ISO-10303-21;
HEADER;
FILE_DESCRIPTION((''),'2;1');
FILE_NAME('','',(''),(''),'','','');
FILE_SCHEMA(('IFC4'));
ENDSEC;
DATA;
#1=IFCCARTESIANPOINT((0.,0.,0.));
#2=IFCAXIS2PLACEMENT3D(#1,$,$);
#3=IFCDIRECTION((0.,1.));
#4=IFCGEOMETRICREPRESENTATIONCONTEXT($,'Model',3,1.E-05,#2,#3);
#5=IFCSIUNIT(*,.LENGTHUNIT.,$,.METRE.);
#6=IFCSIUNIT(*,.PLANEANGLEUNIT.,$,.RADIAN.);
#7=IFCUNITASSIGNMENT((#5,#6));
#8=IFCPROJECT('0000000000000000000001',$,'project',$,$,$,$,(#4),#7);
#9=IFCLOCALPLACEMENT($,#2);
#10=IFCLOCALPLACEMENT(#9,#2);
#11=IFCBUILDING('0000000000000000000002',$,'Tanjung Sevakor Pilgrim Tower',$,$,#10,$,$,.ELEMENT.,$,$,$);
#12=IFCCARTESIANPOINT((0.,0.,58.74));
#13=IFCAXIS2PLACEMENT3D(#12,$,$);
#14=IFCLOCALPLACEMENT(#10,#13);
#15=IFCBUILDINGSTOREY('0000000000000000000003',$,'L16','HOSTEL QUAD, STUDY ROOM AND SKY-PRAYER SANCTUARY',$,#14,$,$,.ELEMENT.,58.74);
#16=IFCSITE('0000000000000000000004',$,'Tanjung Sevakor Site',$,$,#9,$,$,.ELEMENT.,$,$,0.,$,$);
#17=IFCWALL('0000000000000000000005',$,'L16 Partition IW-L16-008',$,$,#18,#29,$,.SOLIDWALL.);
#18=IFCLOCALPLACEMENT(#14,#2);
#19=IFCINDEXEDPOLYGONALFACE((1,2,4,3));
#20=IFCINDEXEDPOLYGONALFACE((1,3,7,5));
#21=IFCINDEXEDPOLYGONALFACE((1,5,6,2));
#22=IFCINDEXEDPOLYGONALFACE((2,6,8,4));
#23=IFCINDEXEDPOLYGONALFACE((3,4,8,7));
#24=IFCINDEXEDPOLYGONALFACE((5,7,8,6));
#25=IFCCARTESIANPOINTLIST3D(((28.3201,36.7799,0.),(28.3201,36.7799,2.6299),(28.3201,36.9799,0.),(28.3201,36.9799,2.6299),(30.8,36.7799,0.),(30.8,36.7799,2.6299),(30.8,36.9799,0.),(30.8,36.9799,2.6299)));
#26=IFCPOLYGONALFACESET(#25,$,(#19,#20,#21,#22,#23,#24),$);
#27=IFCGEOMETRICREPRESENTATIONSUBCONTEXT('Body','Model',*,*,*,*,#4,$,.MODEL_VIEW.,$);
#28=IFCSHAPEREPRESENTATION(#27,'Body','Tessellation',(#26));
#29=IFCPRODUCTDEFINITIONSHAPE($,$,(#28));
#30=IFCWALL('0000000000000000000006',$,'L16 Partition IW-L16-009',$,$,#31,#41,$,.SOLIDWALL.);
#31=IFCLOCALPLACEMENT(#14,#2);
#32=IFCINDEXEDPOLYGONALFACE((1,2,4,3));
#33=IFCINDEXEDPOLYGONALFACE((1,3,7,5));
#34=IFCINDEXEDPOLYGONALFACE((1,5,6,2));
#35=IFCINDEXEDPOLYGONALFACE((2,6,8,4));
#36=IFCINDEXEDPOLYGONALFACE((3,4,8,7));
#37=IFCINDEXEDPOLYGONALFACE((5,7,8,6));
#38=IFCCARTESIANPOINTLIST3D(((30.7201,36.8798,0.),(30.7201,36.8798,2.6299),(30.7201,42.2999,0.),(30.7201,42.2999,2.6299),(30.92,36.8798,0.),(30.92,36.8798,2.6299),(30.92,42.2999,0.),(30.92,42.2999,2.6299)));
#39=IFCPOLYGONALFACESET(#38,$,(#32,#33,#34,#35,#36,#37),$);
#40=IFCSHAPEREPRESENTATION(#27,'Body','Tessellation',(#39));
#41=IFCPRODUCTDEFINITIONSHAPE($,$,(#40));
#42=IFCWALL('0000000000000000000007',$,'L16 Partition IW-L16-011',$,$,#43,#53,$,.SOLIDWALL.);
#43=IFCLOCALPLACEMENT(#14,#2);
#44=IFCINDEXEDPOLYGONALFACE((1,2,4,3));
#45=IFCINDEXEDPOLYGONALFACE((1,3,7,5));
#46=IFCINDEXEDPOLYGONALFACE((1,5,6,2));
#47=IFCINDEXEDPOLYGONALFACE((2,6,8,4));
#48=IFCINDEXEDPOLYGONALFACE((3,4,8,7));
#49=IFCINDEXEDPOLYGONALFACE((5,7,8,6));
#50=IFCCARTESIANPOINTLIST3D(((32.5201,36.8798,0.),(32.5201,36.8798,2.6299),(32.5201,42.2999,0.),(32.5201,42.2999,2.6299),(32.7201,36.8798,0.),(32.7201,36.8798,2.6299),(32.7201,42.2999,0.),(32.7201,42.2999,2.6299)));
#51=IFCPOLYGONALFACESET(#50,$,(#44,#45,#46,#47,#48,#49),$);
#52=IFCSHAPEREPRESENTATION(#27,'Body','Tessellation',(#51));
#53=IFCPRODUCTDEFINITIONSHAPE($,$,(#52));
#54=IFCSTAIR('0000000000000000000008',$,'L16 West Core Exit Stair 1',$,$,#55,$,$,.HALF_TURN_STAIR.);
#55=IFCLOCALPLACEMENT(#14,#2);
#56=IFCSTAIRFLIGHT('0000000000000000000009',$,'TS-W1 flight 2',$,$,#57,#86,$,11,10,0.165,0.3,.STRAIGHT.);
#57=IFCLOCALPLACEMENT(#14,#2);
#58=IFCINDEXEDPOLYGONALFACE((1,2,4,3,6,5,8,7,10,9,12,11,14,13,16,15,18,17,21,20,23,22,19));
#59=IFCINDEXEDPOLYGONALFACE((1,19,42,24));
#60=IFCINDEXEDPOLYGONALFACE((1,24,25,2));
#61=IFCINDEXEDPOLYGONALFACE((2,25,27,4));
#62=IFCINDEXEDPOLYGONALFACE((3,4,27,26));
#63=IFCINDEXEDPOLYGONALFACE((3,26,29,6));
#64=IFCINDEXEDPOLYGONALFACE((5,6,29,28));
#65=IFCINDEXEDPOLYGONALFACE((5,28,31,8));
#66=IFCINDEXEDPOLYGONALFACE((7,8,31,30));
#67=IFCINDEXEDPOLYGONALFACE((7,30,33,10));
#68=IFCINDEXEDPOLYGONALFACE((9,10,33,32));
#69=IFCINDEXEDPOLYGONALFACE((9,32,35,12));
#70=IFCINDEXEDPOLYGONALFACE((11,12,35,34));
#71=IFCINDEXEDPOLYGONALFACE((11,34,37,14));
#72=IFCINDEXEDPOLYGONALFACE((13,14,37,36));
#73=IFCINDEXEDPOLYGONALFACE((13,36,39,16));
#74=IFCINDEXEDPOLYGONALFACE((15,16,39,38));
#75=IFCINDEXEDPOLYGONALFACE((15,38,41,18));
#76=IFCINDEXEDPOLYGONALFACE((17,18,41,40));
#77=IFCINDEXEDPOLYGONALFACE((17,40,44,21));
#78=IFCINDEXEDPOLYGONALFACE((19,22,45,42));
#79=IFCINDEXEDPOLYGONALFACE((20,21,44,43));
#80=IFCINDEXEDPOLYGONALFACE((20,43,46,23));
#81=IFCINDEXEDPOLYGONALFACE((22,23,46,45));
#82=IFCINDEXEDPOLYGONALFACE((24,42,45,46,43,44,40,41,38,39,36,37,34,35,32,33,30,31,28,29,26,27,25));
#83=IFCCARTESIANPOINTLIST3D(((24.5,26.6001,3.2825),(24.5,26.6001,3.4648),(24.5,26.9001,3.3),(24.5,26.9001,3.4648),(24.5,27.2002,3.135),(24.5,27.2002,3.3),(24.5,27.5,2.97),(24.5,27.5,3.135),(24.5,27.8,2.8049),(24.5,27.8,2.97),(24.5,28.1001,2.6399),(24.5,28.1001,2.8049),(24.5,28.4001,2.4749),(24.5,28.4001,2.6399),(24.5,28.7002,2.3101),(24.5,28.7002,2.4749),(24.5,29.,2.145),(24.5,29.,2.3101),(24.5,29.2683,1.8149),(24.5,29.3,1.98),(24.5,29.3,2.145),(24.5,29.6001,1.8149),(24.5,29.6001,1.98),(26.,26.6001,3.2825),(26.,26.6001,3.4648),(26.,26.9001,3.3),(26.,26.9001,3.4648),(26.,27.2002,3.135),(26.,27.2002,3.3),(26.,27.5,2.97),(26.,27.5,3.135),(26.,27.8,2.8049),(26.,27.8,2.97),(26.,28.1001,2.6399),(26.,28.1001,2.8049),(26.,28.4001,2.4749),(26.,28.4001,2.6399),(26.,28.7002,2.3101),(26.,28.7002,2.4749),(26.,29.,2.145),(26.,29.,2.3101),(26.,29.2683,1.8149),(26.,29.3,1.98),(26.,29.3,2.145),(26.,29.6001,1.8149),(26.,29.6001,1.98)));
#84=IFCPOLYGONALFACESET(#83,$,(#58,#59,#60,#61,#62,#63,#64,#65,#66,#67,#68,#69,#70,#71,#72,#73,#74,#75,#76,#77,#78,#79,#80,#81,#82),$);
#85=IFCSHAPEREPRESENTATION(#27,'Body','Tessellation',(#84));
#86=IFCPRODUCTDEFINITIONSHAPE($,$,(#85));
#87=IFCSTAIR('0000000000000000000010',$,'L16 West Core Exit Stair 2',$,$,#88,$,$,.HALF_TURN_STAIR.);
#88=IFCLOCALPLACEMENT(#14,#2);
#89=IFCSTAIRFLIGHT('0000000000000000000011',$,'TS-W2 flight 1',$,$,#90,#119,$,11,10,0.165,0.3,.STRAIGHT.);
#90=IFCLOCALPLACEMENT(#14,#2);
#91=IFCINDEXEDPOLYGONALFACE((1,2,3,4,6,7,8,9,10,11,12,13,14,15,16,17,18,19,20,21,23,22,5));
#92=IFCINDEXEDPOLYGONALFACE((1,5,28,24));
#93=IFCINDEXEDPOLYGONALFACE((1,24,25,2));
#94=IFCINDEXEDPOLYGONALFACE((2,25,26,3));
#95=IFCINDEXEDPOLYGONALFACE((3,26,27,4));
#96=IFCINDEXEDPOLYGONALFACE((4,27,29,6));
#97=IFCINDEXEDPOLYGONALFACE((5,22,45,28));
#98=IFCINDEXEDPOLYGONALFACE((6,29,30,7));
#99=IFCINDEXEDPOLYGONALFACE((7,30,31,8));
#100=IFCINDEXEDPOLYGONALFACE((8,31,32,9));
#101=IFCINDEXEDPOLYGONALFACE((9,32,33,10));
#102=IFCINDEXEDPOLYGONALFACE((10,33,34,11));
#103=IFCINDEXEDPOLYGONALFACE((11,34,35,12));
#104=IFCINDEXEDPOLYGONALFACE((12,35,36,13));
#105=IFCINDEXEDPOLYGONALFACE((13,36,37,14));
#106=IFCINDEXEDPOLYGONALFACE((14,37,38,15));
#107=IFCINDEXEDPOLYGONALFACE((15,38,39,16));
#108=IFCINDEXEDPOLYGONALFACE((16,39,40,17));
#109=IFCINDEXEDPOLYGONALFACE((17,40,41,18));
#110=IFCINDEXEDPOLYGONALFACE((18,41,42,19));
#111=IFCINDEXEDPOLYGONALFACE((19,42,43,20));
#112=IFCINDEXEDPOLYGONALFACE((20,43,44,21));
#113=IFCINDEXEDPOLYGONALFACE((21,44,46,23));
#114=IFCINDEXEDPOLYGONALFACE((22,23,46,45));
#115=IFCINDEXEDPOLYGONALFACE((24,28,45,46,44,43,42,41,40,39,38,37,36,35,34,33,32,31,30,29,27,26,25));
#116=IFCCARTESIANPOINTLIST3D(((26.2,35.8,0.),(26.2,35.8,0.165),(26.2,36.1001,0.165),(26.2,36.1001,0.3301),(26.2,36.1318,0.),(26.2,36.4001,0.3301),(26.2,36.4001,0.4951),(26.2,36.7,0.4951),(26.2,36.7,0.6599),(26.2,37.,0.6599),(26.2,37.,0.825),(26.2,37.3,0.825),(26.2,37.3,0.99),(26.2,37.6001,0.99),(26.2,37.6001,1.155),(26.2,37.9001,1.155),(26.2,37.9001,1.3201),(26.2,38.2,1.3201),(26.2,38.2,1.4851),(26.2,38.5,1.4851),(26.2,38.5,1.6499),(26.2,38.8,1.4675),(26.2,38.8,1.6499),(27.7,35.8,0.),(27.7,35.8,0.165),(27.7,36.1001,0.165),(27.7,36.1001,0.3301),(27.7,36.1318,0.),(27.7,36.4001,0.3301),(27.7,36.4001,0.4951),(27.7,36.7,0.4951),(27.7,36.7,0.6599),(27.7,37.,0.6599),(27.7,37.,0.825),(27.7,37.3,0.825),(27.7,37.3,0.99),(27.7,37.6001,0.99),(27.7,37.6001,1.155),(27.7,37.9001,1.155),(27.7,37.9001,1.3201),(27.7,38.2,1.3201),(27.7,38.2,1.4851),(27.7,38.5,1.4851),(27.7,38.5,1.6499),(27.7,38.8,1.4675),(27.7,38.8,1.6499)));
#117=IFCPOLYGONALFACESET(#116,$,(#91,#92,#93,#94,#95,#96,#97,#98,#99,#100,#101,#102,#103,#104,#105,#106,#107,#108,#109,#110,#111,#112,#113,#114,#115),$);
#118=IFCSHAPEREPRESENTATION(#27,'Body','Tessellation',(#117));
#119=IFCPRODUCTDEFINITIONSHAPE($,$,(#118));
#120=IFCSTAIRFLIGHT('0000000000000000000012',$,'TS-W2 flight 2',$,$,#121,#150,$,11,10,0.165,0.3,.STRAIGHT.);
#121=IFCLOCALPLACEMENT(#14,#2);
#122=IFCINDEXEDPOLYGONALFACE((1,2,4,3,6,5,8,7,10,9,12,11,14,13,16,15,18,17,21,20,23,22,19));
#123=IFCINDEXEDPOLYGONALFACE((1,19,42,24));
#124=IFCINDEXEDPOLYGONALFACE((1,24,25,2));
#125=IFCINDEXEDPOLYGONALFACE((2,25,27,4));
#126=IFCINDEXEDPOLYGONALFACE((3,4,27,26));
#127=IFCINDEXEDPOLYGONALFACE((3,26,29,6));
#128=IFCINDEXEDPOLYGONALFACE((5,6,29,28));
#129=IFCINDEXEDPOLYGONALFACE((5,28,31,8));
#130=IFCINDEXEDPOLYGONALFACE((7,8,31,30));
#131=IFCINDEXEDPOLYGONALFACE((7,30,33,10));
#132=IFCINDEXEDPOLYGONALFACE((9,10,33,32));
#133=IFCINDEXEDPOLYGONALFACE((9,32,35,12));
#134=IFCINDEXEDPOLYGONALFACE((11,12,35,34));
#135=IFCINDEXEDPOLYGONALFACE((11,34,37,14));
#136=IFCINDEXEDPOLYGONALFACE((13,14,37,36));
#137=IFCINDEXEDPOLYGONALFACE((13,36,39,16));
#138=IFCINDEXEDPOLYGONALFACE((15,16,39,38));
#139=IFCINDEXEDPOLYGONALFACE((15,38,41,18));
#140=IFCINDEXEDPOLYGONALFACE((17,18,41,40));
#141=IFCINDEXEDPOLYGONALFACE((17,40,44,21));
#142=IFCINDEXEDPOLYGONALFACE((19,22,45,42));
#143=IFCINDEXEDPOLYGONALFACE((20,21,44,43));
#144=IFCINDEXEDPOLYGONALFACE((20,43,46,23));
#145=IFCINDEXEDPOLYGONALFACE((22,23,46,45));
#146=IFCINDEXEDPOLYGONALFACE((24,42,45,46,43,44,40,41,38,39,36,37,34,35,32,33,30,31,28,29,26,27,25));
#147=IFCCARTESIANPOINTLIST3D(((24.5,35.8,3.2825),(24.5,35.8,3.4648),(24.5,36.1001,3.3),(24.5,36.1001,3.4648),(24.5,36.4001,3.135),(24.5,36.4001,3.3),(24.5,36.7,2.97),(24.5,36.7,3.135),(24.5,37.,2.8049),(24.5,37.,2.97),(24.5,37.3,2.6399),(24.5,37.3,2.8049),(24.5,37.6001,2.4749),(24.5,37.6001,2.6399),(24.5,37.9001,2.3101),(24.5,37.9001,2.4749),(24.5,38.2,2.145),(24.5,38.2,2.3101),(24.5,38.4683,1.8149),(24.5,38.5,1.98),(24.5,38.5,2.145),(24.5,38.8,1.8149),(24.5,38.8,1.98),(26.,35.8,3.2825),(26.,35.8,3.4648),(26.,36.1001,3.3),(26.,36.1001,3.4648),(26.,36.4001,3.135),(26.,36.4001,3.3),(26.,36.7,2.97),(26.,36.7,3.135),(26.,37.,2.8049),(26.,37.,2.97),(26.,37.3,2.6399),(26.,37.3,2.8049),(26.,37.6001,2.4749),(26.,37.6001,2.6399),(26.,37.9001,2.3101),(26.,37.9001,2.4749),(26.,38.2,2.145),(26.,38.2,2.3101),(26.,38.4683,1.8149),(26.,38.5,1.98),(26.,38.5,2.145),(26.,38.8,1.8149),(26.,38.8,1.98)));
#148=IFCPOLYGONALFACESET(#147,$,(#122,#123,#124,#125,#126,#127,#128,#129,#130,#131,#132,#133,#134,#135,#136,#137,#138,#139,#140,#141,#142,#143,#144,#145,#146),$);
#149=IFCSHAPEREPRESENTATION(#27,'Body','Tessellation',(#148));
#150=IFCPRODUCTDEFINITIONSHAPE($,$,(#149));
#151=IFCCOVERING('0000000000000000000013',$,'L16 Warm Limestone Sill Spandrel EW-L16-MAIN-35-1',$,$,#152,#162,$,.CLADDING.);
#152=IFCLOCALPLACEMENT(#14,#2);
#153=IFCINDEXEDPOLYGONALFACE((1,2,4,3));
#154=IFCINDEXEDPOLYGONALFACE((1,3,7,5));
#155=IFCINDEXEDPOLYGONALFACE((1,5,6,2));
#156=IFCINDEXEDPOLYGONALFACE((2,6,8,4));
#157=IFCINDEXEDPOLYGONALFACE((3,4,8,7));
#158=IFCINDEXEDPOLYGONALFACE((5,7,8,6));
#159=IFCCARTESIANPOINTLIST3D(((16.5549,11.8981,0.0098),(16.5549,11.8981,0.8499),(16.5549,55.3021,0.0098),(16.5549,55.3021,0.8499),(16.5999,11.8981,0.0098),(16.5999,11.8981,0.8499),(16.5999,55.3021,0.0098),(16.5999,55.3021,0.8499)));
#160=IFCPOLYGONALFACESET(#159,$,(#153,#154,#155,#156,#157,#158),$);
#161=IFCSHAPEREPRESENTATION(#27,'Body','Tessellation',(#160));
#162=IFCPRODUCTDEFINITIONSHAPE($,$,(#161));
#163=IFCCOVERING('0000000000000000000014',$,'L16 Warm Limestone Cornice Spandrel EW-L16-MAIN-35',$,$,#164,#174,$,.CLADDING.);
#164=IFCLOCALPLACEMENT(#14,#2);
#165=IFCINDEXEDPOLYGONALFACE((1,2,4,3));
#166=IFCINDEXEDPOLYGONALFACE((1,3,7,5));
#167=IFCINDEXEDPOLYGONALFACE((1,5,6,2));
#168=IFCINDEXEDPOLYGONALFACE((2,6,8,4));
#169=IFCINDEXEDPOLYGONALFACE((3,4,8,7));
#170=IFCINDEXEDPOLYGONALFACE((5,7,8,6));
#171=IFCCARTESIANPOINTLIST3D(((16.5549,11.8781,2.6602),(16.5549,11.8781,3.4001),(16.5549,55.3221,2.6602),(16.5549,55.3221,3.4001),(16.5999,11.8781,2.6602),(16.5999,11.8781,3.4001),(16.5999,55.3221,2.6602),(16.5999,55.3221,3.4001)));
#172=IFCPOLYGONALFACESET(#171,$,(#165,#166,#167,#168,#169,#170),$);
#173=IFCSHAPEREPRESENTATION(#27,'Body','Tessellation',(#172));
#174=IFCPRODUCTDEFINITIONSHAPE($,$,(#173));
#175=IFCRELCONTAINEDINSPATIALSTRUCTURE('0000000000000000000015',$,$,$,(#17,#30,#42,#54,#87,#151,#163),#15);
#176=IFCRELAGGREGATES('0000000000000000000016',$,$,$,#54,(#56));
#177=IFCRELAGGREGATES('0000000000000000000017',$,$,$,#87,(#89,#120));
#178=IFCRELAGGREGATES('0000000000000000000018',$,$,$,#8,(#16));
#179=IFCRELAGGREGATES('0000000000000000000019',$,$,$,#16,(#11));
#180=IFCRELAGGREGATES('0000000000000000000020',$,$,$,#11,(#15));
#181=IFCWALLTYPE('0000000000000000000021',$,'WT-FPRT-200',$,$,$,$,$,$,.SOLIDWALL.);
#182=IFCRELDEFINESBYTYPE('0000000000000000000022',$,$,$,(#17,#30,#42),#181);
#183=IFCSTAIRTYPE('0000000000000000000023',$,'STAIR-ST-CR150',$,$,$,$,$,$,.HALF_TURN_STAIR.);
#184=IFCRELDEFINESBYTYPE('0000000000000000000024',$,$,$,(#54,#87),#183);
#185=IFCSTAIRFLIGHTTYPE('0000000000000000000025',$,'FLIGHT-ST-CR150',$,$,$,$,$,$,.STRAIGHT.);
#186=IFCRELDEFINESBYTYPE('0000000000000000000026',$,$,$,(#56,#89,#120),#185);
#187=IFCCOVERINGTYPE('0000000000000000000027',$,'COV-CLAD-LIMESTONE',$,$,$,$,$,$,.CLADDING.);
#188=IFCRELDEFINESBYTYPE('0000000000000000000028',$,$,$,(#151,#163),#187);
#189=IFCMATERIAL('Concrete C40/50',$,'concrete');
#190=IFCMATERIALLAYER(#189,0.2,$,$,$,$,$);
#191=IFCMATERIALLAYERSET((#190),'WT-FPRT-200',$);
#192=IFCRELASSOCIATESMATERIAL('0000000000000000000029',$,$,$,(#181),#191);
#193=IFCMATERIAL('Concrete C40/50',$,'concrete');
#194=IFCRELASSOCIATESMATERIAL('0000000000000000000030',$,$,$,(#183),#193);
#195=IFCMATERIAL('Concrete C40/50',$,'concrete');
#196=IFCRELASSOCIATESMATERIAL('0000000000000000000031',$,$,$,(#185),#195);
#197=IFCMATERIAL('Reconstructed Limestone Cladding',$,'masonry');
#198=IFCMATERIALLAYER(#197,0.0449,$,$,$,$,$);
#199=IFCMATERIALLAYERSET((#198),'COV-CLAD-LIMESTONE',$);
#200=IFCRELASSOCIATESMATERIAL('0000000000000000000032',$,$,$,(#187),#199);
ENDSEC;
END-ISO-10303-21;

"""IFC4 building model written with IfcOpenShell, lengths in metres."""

from ifc_helpers import new_model, si_unit, direction, frame, frame_2d, origin, origin_2d, place, context, subcontext, project, spatial, polyline, rectangle, outline, extrude, material, layer, layer_set, type_object, element, aggregate, save


model = new_model("IFC4")

# Units and contexts
model_context = context("Model", 3, precision=1e-05, world=origin(), true_north=direction((0.0, 1.0)))
body_context = subcontext(model_context, "Body", "Model", "MODEL_VIEW")
ifc_project = project(units=[si_unit("LENGTHUNIT", "METRE"), si_unit("PLANEANGLEUNIT", "RADIAN")], contexts=[model_context])

# Site, building, storey
site_placement = place(None, origin())
site = spatial("IfcSite", under=ifc_project, at=site_placement, Name="Tanjung Sevakor Site", CompositionType="ELEMENT", RefElevation=0.0)
building_placement = place(site_placement, origin())
building = spatial("IfcBuilding", under=site, at=building_placement, Name="Tanjung Sevakor Pilgrim Tower", CompositionType="ELEMENT")
storey_placement = place(building_placement, frame((0.0, 0.0, 58.74)))
storey = spatial("IfcBuildingStorey", under=building, at=storey_placement, Name="L16", Description="HOSTEL QUAD, STUDY ROOM AND SKY-PRAYER SANCTUARY", CompositionType="ELEMENT", Elevation=58.74)

# Walls
ifc_material_1 = material(Name="Concrete C40/50", Category="concrete")
ifc_layer_1 = layer(ifc_material_1, 0.2)
ifc_layer_set_1 = layer_set([ifc_layer_1], Name="WT-FPRT-200")
wall_type_1 = type_object("IfcWallType", Name="WT-FPRT-200", PredefinedType="SOLIDWALL", material=ifc_layer_set_1)
for number, where, z_axis, x_axis, name in (
    (1, (28.3201, 36.8799, 0.0), (0.0, 0.0, 1.0), (1.0, 0.0, 0.0), "L16 Partition IW-L16-008"),
):
    element("IfcWall", number, at=place(storey_placement, frame(where, z_axis=z_axis, x_axis=x_axis)), inside=storey, type_object=wall_type_1, Name=name, PredefinedType="SOLIDWALL", context=body_context, shape_type="SweptSolid", body=[
        extrude(rectangle(XDim=2.48, YDim=0.2, at=frame_2d((1.24, 0.0))), origin(), (0.0, 0.0, 1.0), 2.6299),
    ])
for number, where, z_axis, x_axis, name in (
    (2, (30.8201, 36.8799, 0.0), (0.0, 0.0, 1.0), (0.0, 1.0, 0.0), "L16 Partition IW-L16-009"),
    (3, (32.6201, 36.8799, 0.0), (0.0, 0.0, 1.0), (0.0, 1.0, 0.0), "L16 Partition IW-L16-011"),
):
    element("IfcWall", number, at=place(storey_placement, frame(where, z_axis=z_axis, x_axis=x_axis)), inside=storey, type_object=wall_type_1, Name=name, PredefinedType="SOLIDWALL", context=body_context, shape_type="SweptSolid", body=[
        extrude(rectangle(XDim=5.4202, YDim=0.2, at=frame_2d((2.71, 0.0))), origin(), (0.0, 0.0, 1.0), 2.6299),
    ])

# Stair, stair flight
ifc_material_2 = material(Name="Concrete C40/50", Category="concrete")
stair_type = type_object("IfcStairType", Name="STAIR-ST-CR150", PredefinedType="HALF_TURN_STAIR", material=ifc_material_2)
stair_1_placement = place(storey_placement, origin())
stair_1 = element("IfcStair", 4, at=stair_1_placement, inside=storey, type_object=stair_type, Name="L16 West Core Exit Stair 1", PredefinedType="HALF_TURN_STAIR")
ifc_material_3 = material(Name="Concrete C40/50", Category="concrete")
stair_flight_type = type_object("IfcStairFlightType", Name="FLIGHT-ST-CR150", PredefinedType="STRAIGHT", material=ifc_material_3)
stair_flight_1_placement = place(storey_placement, frame((25.25, 29.6001, 1.8149), z_axis=(0.0, 0.0, 1.0), x_axis=(0.0, -1.0, 0.0)))
stair_flight_1 = element("IfcStairFlight", 5, at=stair_flight_1_placement, type_object=stair_flight_type, Name="TS-W1 flight 2", NumberOfRisers=11, NumberOfTreads=10, PredefinedType="STRAIGHT", RiserHeight=0.165, TreadLength=0.3, context=body_context, shape_type="SweptSolid", body=[
    extrude(outline(polyline([(0.0, 0.0), (0.0, 0.165), (0.3, 0.165), (0.3, 0.3301), (0.6001, 0.3301), (0.6001, 0.4951), (0.8999, 0.4951), (0.8999, 0.6599), (1.2, 0.6599), (1.2, 0.825), (1.5, 0.825), (1.5, 0.99), (1.8, 0.99), (1.8, 1.155), (2.1001, 1.155), (2.1001, 1.3201), (2.3999, 1.3201), (2.3999, 1.4851), (2.7, 1.4851), (2.7, 1.6499), (3.0, 1.6499), (3.0, 1.8149), (3.0, 1.4675), (0.3318, 0.0), (0.0, 0.0)])), frame((0.0, 0.75, 0.0), z_axis=(0.0, -1.0, 0.0), x_axis=(1.0, 0.0, 0.0)), (0.0, 0.0, 1.0), 1.5),
])
aggregate(stair_1, [stair_flight_1])

# Stair, stair flights
stair_2_placement = place(storey_placement, origin())
stair_2 = element("IfcStair", 6, at=stair_2_placement, inside=storey, type_object=stair_type, Name="L16 West Core Exit Stair 2", PredefinedType="HALF_TURN_STAIR")
stair_flight_2_placement = place(storey_placement, frame((26.95, 35.8, 0.0), z_axis=(0.0, 0.0, 1.0), x_axis=(0.0, 1.0, 0.0)))
stair_flight_2 = element("IfcStairFlight", 7, at=stair_flight_2_placement, type_object=stair_flight_type, Name="TS-W2 flight 1", NumberOfRisers=11, NumberOfTreads=10, PredefinedType="STRAIGHT", RiserHeight=0.165, TreadLength=0.3, context=body_context, shape_type="SweptSolid", body=[
    extrude(outline(polyline([(0.0, 0.0), (0.0, 0.165), (0.3, 0.165), (0.3, 0.3301), (0.6001, 0.3301), (0.6001, 0.4951), (0.8999, 0.4951), (0.8999, 0.6599), (1.2, 0.6599), (1.2, 0.825), (1.5, 0.825), (1.5, 0.99), (1.8, 0.99), (1.8, 1.155), (2.1001, 1.155), (2.1001, 1.3201), (2.3999, 1.3201), (2.3999, 1.4851), (2.7, 1.4851), (2.7, 1.6499), (3.0, 1.6499), (3.0, 1.8149), (3.0, 1.4675), (0.3318, 0.0), (0.0, 0.0)])), frame((0.0, 0.75, 0.0), z_axis=(0.0, -1.0, 0.0), x_axis=(1.0, 0.0, 0.0)), (0.0, 0.0, 1.0), 1.5),
])
stair_flight_3_placement = place(storey_placement, frame((25.25, 38.8, 1.8149), z_axis=(0.0, 0.0, 1.0), x_axis=(0.0, -1.0, 0.0)))
stair_flight_3 = element("IfcStairFlight", 8, at=stair_flight_3_placement, type_object=stair_flight_type, Name="TS-W2 flight 2", NumberOfRisers=11, NumberOfTreads=10, PredefinedType="STRAIGHT", RiserHeight=0.165, TreadLength=0.3, context=body_context, shape_type="SweptSolid", body=[
    extrude(outline(polyline([(0.0, 0.0), (0.0, 0.165), (0.3, 0.165), (0.3, 0.3301), (0.6001, 0.3301), (0.6001, 0.4951), (0.8999, 0.4951), (0.8999, 0.6599), (1.2, 0.6599), (1.2, 0.825), (1.5, 0.825), (1.5, 0.99), (1.8, 0.99), (1.8, 1.155), (2.1001, 1.155), (2.1001, 1.3201), (2.3999, 1.3201), (2.3999, 1.4851), (2.7, 1.4851), (2.7, 1.6499), (3.0, 1.6499), (3.0, 1.8149), (3.0, 1.4675), (0.3318, 0.0), (0.0, 0.0)])), frame((0.0, 0.75, 0.0), z_axis=(0.0, -1.0, 0.0), x_axis=(1.0, 0.0, 0.0)), (0.0, 0.0, 1.0), 1.5),
])
aggregate(stair_2, [stair_flight_2, stair_flight_3])

# Coverings
ifc_material_4 = material(Name="Reconstructed Limestone Cladding", Category="masonry")
ifc_layer_2 = layer(ifc_material_4, 0.0449)
ifc_layer_set_2 = layer_set([ifc_layer_2], Name="COV-CLAD-LIMESTONE")
covering_type = type_object("IfcCoveringType", Name="COV-CLAD-LIMESTONE", PredefinedType="CLADDING", material=ifc_layer_set_2)
covering_1_placement = place(storey_placement, frame((16.5774, 33.6001, 0.0098), z_axis=(0.0, 0.0, 1.0), x_axis=(0.0, -1.0, 0.0)))
element("IfcCovering", 9, at=covering_1_placement, inside=storey, type_object=covering_type, Name="L16 Warm Limestone Sill Spandrel EW-L16-MAIN-35-1", PredefinedType="CLADDING", context=body_context, shape_type="SweptSolid", body=[
    extrude(rectangle(XDim=43.4041, YDim=0.0449, at=origin_2d()), origin(), (0.0, 0.0, 1.0), 0.8401),
])
covering_2_placement = place(storey_placement, frame((16.5774, 33.6001, 2.6602), z_axis=(0.0, 0.0, 1.0), x_axis=(0.0, -1.0, 0.0)))
element("IfcCovering", 10, at=covering_2_placement, inside=storey, type_object=covering_type, Name="L16 Warm Limestone Cornice Spandrel EW-L16-MAIN-35", PredefinedType="CLADDING", context=body_context, shape_type="SweptSolid", body=[
    extrude(rectangle(XDim=43.4441, YDim=0.0449, at=origin_2d()), origin(), (0.0, 0.0, 1.0), 0.74),
])

save(model, "model.ifc")
